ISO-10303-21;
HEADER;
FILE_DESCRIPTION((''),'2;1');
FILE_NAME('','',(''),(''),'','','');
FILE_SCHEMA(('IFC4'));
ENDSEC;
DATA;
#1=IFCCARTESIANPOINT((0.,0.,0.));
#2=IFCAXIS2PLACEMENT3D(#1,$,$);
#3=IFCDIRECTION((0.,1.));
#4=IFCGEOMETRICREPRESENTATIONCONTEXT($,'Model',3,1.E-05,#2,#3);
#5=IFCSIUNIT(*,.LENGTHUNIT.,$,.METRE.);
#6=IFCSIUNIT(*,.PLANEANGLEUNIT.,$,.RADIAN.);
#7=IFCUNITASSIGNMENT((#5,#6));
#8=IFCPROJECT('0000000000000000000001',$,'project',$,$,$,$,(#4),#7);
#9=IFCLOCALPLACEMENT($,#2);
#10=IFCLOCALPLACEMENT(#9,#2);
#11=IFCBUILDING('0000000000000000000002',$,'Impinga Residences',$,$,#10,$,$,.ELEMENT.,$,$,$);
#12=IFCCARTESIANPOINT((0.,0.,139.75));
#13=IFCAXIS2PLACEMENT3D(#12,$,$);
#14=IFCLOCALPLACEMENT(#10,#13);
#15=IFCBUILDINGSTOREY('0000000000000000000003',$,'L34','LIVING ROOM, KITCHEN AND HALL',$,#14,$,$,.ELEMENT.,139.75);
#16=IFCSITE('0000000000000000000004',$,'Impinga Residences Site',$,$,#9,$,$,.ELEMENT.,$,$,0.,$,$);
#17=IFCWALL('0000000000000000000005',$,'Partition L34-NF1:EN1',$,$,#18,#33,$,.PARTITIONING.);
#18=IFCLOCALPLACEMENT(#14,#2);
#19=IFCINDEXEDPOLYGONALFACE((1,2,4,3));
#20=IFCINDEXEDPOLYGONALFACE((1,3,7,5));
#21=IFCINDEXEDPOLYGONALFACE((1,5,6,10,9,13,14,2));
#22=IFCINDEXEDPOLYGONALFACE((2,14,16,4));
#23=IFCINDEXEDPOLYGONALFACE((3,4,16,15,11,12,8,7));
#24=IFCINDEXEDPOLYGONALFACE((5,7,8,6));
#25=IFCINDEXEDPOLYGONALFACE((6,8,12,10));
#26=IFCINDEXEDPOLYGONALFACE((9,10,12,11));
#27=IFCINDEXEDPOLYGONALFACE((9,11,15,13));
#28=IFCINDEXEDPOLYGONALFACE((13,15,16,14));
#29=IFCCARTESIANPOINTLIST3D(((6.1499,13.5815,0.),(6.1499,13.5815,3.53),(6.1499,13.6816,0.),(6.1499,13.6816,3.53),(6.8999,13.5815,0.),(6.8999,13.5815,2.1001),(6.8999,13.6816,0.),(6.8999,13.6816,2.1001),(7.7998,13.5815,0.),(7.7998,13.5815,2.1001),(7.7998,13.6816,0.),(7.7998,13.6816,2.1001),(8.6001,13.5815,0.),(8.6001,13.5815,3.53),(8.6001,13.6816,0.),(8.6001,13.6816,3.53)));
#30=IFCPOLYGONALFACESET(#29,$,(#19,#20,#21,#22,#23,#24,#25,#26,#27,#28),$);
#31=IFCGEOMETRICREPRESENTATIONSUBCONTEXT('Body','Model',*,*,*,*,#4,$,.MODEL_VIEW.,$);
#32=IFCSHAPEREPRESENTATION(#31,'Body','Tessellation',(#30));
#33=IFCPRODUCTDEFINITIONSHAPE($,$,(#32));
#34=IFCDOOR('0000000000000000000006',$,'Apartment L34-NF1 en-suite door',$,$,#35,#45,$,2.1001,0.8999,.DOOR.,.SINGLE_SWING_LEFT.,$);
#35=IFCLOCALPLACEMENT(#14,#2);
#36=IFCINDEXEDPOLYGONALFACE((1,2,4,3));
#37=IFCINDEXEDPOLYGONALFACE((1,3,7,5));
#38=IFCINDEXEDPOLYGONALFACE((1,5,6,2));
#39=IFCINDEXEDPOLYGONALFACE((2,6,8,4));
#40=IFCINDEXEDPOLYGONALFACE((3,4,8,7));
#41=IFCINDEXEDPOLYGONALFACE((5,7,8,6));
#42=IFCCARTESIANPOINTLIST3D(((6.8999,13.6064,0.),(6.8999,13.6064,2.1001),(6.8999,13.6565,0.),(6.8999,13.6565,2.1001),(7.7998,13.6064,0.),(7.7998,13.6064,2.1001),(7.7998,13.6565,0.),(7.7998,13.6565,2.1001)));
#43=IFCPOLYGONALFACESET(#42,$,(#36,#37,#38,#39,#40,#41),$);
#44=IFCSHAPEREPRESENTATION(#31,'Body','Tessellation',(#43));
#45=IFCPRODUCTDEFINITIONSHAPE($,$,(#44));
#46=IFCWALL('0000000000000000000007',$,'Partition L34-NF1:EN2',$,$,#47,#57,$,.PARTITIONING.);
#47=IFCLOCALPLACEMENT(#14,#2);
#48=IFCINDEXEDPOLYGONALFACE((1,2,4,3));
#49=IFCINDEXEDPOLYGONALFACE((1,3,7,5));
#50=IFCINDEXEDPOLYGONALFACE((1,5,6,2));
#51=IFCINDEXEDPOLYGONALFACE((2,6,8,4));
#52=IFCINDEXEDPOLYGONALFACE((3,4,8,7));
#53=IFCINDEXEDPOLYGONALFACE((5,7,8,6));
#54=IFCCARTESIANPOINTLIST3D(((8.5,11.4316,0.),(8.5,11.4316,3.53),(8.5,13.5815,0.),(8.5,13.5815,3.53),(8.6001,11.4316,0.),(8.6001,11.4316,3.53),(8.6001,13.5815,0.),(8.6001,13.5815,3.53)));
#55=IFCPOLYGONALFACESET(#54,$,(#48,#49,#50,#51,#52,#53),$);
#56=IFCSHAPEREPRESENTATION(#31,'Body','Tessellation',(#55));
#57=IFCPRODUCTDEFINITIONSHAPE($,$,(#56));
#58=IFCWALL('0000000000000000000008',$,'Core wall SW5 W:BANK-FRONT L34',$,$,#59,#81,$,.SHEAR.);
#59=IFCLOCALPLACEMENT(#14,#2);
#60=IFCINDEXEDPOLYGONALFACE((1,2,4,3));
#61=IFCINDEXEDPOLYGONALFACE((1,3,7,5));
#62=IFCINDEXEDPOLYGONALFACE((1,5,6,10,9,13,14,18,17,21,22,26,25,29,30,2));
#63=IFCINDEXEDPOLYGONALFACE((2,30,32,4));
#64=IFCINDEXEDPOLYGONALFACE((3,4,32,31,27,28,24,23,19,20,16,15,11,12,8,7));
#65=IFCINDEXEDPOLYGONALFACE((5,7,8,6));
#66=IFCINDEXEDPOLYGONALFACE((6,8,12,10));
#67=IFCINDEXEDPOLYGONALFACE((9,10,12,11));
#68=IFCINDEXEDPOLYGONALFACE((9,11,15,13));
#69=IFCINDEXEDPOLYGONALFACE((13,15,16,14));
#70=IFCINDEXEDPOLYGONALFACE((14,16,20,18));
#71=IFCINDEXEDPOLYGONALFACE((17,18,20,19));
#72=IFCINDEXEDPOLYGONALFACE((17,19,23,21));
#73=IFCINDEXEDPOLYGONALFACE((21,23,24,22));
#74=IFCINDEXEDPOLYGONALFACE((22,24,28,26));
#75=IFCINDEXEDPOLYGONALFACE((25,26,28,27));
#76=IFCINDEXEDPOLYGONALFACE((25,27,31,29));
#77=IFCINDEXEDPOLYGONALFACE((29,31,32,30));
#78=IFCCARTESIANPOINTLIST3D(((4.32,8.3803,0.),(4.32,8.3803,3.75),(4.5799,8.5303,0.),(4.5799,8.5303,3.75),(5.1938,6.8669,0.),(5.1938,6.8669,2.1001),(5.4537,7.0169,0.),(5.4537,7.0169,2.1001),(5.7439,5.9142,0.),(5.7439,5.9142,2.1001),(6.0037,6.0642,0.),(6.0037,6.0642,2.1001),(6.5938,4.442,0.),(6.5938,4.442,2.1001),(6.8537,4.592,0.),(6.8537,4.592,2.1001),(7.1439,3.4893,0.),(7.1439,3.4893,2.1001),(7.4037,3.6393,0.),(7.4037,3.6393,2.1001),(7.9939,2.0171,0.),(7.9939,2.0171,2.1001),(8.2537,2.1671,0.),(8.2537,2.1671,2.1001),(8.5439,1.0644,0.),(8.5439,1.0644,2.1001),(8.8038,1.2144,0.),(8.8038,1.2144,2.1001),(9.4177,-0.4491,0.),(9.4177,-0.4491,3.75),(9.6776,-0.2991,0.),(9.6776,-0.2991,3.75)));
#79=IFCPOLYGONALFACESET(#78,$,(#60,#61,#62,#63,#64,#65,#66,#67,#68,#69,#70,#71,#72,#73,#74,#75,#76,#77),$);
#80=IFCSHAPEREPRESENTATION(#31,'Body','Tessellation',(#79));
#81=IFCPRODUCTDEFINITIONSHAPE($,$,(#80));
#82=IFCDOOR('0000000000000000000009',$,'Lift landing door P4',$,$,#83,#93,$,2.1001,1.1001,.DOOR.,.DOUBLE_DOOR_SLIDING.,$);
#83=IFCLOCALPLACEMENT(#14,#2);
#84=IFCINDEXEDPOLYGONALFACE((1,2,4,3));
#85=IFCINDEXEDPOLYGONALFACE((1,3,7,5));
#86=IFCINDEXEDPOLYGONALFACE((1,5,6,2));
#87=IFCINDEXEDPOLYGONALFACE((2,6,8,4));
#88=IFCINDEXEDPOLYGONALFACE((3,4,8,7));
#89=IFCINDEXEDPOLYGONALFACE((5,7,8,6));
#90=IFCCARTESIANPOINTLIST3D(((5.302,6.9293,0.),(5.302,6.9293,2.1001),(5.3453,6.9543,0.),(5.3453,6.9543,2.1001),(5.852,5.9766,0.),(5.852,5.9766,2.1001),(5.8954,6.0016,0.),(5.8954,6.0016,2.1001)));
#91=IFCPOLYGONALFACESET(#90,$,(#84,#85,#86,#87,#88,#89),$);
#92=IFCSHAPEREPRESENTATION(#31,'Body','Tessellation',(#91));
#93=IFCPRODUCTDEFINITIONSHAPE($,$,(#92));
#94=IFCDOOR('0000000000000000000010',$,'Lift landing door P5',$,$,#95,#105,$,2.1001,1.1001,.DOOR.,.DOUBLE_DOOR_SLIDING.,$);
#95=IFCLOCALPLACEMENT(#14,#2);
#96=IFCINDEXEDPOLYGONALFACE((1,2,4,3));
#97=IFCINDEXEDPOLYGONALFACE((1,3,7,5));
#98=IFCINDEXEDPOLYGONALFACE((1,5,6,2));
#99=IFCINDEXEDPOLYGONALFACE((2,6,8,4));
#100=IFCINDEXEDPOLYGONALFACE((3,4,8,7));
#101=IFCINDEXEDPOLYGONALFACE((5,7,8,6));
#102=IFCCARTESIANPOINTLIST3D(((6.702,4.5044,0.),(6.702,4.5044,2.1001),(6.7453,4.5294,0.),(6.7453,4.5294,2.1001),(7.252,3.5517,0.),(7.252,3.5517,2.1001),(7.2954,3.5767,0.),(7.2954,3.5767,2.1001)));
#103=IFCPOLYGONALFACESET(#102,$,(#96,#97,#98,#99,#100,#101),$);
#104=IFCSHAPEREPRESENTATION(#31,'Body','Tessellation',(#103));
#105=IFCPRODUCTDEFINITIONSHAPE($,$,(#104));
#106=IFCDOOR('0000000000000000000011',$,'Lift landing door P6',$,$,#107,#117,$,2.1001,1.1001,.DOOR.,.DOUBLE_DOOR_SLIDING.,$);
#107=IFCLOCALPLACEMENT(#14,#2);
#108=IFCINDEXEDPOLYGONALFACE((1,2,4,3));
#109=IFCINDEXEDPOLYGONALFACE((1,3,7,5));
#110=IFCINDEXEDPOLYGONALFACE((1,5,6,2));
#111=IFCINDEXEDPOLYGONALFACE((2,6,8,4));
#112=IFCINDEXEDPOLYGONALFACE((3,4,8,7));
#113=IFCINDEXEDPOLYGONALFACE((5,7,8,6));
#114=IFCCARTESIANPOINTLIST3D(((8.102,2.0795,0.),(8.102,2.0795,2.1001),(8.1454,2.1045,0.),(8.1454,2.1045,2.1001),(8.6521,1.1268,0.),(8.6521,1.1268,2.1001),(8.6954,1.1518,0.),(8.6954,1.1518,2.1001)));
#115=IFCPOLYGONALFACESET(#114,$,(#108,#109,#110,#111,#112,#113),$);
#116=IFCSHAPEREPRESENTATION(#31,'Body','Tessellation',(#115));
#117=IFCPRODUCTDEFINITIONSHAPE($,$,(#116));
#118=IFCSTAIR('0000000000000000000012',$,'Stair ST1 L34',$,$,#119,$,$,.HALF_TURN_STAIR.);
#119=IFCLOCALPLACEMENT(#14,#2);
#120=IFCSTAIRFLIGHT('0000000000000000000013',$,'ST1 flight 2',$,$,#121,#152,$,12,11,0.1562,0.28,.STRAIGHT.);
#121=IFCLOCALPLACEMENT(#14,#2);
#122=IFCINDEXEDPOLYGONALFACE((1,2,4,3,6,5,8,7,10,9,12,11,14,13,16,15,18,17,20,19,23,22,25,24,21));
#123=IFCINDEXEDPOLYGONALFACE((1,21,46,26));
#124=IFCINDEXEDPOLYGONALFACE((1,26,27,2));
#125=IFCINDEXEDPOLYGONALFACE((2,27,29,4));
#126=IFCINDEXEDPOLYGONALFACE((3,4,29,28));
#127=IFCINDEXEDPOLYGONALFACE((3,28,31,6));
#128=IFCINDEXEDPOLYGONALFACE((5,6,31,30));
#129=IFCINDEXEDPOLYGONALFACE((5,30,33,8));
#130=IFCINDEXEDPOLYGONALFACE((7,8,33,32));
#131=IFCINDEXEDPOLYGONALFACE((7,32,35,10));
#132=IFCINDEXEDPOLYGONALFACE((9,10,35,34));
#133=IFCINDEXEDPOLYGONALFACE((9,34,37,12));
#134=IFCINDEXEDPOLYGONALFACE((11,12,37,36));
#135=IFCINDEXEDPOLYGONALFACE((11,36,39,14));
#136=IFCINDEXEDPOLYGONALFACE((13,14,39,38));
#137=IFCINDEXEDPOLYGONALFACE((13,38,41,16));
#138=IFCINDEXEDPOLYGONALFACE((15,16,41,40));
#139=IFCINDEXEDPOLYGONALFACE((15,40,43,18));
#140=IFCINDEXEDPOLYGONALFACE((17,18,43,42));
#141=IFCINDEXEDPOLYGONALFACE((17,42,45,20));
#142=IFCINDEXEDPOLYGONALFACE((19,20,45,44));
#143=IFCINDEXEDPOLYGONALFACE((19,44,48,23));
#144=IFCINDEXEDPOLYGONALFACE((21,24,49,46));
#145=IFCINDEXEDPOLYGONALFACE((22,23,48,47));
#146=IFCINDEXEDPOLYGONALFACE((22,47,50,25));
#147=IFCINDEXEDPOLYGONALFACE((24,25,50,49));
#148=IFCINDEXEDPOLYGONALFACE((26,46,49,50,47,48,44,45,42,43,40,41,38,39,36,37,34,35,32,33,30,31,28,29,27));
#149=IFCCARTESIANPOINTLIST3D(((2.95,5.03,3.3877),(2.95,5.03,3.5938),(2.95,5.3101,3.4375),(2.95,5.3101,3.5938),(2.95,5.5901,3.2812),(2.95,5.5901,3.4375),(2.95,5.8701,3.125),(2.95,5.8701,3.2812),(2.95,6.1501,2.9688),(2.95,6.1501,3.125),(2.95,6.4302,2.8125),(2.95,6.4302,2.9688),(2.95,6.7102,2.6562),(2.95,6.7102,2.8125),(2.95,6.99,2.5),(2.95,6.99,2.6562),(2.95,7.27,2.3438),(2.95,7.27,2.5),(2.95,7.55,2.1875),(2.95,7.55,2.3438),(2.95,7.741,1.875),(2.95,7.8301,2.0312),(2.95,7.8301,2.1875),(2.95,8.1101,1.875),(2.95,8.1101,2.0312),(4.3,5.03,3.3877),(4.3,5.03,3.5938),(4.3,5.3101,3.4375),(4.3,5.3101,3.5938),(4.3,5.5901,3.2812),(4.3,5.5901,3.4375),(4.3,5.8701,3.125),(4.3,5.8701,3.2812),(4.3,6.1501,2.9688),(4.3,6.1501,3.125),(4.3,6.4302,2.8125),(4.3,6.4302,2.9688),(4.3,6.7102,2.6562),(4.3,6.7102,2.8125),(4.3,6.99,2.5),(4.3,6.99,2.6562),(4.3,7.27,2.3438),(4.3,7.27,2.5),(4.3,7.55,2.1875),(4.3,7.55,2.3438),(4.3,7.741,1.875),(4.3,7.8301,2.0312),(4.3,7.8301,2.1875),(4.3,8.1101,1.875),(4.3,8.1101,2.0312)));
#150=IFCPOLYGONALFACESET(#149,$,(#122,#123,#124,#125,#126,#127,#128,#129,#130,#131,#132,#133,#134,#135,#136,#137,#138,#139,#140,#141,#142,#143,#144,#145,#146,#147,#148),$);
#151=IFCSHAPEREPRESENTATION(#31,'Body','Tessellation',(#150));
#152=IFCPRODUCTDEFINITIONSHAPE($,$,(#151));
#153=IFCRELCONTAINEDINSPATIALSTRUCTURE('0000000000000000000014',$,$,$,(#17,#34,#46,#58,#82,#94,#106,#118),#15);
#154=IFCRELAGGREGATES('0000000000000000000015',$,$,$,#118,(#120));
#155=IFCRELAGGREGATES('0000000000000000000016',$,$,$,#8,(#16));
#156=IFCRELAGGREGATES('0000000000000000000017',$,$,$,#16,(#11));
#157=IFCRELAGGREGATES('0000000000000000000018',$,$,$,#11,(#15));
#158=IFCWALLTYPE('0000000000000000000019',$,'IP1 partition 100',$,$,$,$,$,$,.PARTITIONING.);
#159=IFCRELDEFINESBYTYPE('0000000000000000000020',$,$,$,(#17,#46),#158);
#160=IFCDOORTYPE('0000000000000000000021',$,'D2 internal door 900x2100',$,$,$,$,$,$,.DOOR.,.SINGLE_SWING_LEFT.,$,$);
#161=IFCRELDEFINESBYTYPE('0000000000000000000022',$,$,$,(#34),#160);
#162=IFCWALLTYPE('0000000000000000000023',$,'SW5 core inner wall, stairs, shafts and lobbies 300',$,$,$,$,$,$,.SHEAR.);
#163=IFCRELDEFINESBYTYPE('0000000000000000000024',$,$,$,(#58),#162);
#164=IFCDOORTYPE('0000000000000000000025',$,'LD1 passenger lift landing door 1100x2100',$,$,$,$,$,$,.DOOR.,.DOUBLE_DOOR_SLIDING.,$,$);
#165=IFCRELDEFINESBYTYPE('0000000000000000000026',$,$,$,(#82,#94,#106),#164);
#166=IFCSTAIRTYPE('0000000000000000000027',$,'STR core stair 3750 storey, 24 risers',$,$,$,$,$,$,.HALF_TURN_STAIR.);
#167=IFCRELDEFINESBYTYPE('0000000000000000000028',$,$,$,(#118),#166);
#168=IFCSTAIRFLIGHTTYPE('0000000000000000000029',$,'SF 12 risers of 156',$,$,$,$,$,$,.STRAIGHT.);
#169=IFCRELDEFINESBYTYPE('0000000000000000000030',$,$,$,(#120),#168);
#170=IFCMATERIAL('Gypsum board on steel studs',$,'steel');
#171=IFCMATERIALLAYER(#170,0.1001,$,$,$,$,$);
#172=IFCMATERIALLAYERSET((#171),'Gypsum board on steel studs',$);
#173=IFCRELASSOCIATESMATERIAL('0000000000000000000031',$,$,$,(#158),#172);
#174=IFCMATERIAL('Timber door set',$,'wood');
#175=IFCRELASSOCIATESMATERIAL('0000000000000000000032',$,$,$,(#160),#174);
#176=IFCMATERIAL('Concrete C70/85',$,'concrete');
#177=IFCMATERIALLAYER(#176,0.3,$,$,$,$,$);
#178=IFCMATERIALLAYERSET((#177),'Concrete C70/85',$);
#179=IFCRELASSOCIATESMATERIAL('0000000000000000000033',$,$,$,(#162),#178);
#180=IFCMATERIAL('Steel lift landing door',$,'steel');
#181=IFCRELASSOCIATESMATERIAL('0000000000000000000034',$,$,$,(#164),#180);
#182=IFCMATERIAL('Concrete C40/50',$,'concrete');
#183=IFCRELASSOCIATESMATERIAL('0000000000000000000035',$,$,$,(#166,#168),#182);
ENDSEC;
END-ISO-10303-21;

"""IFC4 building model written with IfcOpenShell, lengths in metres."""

from ifc_helpers import new_model, si_unit, direction, frame, frame_2d, origin, place, context, subcontext, project, spatial, polyline, rectangle, outline, extrude, material, layer, layer_set, type_object, element, fill, aggregate, save


model = new_model("IFC4")

# Units and contexts
model_context = context("Model", 3, precision=1e-05, world=origin(), true_north=direction((0.0, 1.0)))
body_context = subcontext(model_context, "Body", "Model", "MODEL_VIEW")
ifc_project = project(units=[si_unit("LENGTHUNIT", "METRE"), si_unit("PLANEANGLEUNIT", "RADIAN")], contexts=[model_context])

# Site, building, storey
site_placement = place(None, origin())
site = spatial("IfcSite", under=ifc_project, at=site_placement, Name="Impinga Residences Site", CompositionType="ELEMENT", RefElevation=0.0)
building_placement = place(site_placement, origin())
building = spatial("IfcBuilding", under=site, at=building_placement, Name="Impinga Residences", CompositionType="ELEMENT")
storey_placement = place(building_placement, frame((0.0, 0.0, 139.75)))
storey = spatial("IfcBuildingStorey", under=building, at=storey_placement, Name="L34", Description="LIVING ROOM, KITCHEN AND HALL", CompositionType="ELEMENT", Elevation=139.75)

# Shared definitions
ifc_material_1 = material(Name="Gypsum board on steel studs", Category="steel")
ifc_layer_1 = layer(ifc_material_1, 0.1001)
ifc_layer_set_1 = layer_set([ifc_layer_1], Name="Gypsum board on steel studs")
wall_type_1 = type_object("IfcWallType", Name="IP1 partition 100", PredefinedType="PARTITIONING", material=ifc_layer_set_1)

# Shared definitions
ifc_material_2 = material(Name="Timber door set", Category="wood")
door_type_1 = type_object("IfcDoorType", Name="D2 internal door 900x2100", OperationType="SINGLE_SWING_LEFT", PredefinedType="DOOR", material=ifc_material_2)

# Wall, opening, door
wall_1_placement = place(storey_placement, frame((6.1499, 13.6316, 0.0), z_axis=(0.0, 0.0, 1.0), x_axis=(1.0, 0.0, 0.0)))
wall_1 = element("IfcWall", 1, at=wall_1_placement, inside=storey, type_object=wall_type_1, Name="Partition L34-NF1:EN1", PredefinedType="PARTITIONING", context=body_context, shape_type="SweptSolid", body=[
    extrude(rectangle(XDim=2.4502, YDim=0.1001, at=frame_2d((1.2251, 0.0))), origin(), (0.0, 0.0, 1.0), 3.53),
])
opening_1_placement = place(wall_1_placement, frame((0.75, 0.0, 0.0)))
opening_1 = element("IfcOpeningElement", 2, at=opening_1_placement, cuts=wall_1, PredefinedType="OPENING", context=body_context, shape_type="SweptSolid", body=[
    extrude(rectangle(XDim=0.8999, YDim=2.1001, at=frame_2d((0.45, 1.05))), frame((0.0, 0.0601, 0.0), z_axis=(0.0, -1.0, 0.0), x_axis=(1.0, 0.0, 0.0)), (0.0, 0.0, 1.0), 0.1201),
])
door_1_placement = place(opening_1_placement, origin())
door_1 = element("IfcDoor", 3, at=door_1_placement, inside=storey, type_object=door_type_1, Name="Apartment L34-NF1 en-suite door", OperationType="SINGLE_SWING_LEFT", OverallHeight=2.1001, OverallWidth=0.8999, PredefinedType="DOOR", context=body_context, shape_type="SweptSolid", body=[
    extrude(rectangle(XDim=0.8999, YDim=2.1001, at=frame_2d((0.45, 1.05))), frame((0.0, 0.0249, 0.0), z_axis=(0.0, -1.0, 0.0), x_axis=(1.0, 0.0, 0.0)), (0.0, 0.0, 1.0), 0.05),
])
fill(opening_1, door_1)

# Wall
wall_2_placement = place(storey_placement, frame((8.55, 11.4316, 0.0), z_axis=(0.0, 0.0, 1.0), x_axis=(0.0, 1.0, 0.0)))
element("IfcWall", 4, at=wall_2_placement, inside=storey, type_object=wall_type_1, Name="Partition L34-NF1:EN2", PredefinedType="PARTITIONING", context=body_context, shape_type="SweptSolid", body=[
    extrude(rectangle(XDim=2.1499, YDim=0.1001, at=frame_2d((1.075, 0.0))), origin(), (0.0, 0.0, 1.0), 3.53),
])

# Wall, openings, doors
ifc_material_3 = material(Name="Concrete C70/85", Category="concrete")
ifc_layer_2 = layer(ifc_material_3, 0.3)
ifc_layer_set_2 = layer_set([ifc_layer_2], Name="Concrete C70/85")
wall_type_2 = type_object("IfcWallType", Name="SW5 core inner wall, stairs, shafts and lobbies 300", PredefinedType="SHEAR", material=ifc_layer_set_2)
wall_3_placement = place(storey_placement, frame((4.45, 8.4553, 0.0), z_axis=(0.0, 0.0, 1.0), x_axis=(0.500002, -0.866024, 0.0)))
wall_3 = element("IfcWall", 5, at=wall_3_placement, inside=storey, type_object=wall_type_2, Name="Core wall SW5 W:BANK-FRONT L34", PredefinedType="SHEAR", context=body_context, shape_type="SweptSolid", body=[
    extrude(rectangle(XDim=10.1953, YDim=0.3, at=frame_2d((5.0977, 0.0))), origin(), (0.0, 0.0, 1.0), 3.75),
])
opening_2_placement = place(wall_3_placement, frame((1.7476, 0.0, 0.0)))
opening_2 = element("IfcOpeningElement", 6, at=opening_2_placement, cuts=wall_3, PredefinedType="OPENING", context=body_context, shape_type="SweptSolid", body=[
    extrude(rectangle(XDim=1.1001, YDim=2.1001, at=frame_2d((0.55, 1.05))), frame((0.0, 0.1599, 0.0), z_axis=(0.0, -1.0, 0.0), x_axis=(1.0, 0.0, 0.0)), (0.0, 0.0, 1.0), 0.3201),
])
opening_3_placement = place(wall_3_placement, frame((4.5476, 0.0, 0.0)))
opening_3 = element("IfcOpeningElement", 7, at=opening_3_placement, cuts=wall_3, PredefinedType="OPENING", context=body_context, shape_type="SweptSolid", body=[
    extrude(rectangle(XDim=1.1001, YDim=2.1001, at=frame_2d((0.55, 1.05))), frame((0.0, 0.1599, 0.0), z_axis=(0.0, -1.0, 0.0), x_axis=(1.0, 0.0, 0.0)), (0.0, 0.0, 1.0), 0.3201),
])
opening_4_placement = place(wall_3_placement, frame((7.3477, 0.0, 0.0)))
opening_4 = element("IfcOpeningElement", 8, at=opening_4_placement, cuts=wall_3, PredefinedType="OPENING", context=body_context, shape_type="SweptSolid", body=[
    extrude(rectangle(XDim=1.1001, YDim=2.1001, at=frame_2d((0.55, 1.05))), frame((0.0, 0.1599, 0.0), z_axis=(0.0, -1.0, 0.0), x_axis=(1.0, 0.0, 0.0)), (0.0, 0.0, 1.0), 0.3201),
])
ifc_material_4 = material(Name="Steel lift landing door", Category="steel")
door_type_2 = type_object("IfcDoorType", Name="LD1 passenger lift landing door 1100x2100", OperationType="DOUBLE_DOOR_SLIDING", PredefinedType="DOOR", material=ifc_material_4)
door_2_placement = place(opening_2_placement, origin())
door_2 = element("IfcDoor", 9, at=door_2_placement, inside=storey, type_object=door_type_2, Name="Lift landing door P4", OperationType="DOUBLE_DOOR_SLIDING", OverallHeight=2.1001, OverallWidth=1.1001, PredefinedType="DOOR", context=body_context, shape_type="SweptSolid", body=[
    extrude(rectangle(XDim=1.1001, YDim=2.1001, at=frame_2d((0.55, 1.05))), frame((0.0, 0.0249, 0.0), z_axis=(0.0, -1.0, 0.0), x_axis=(1.0, 0.0, 0.0)), (0.0, 0.0, 1.0), 0.05),
])
fill(opening_2, door_2)
door_3_placement = place(opening_3_placement, origin())
door_3 = element("IfcDoor", 10, at=door_3_placement, inside=storey, type_object=door_type_2, Name="Lift landing door P5", OperationType="DOUBLE_DOOR_SLIDING", OverallHeight=2.1001, OverallWidth=1.1001, PredefinedType="DOOR", context=body_context, shape_type="SweptSolid", body=[
    extrude(rectangle(XDim=1.1001, YDim=2.1001, at=frame_2d((0.55, 1.05))), frame((0.0, 0.0249, 0.0), z_axis=(0.0, -1.0, 0.0), x_axis=(1.0, 0.0, 0.0)), (0.0, 0.0, 1.0), 0.05),
])
fill(opening_3, door_3)
door_4_placement = place(opening_4_placement, origin())
door_4 = element("IfcDoor", 11, at=door_4_placement, inside=storey, type_object=door_type_2, Name="Lift landing door P6", OperationType="DOUBLE_DOOR_SLIDING", OverallHeight=2.1001, OverallWidth=1.1001, PredefinedType="DOOR", context=body_context, shape_type="SweptSolid", body=[
    extrude(rectangle(XDim=1.1001, YDim=2.1001, at=frame_2d((0.55, 1.05))), frame((0.0, 0.0249, 0.0), z_axis=(0.0, -1.0, 0.0), x_axis=(1.0, 0.0, 0.0)), (0.0, 0.0, 1.0), 0.05),
])
fill(opening_4, door_4)

# Stair, stair flight
ifc_material_5 = material(Name="Concrete C40/50", Category="concrete")
stair_type = type_object("IfcStairType", Name="STR core stair 3750 storey, 24 risers", PredefinedType="HALF_TURN_STAIR", material=ifc_material_5)
stair_placement = place(storey_placement, origin())
stair = element("IfcStair", 12, at=stair_placement, inside=storey, type_object=stair_type, Name="Stair ST1 L34", PredefinedType="HALF_TURN_STAIR")
stair_flight_type = type_object("IfcStairFlightType", Name="SF 12 risers of 156", PredefinedType="STRAIGHT", material=ifc_material_5)
stair_flight_placement = place(storey_placement, frame((3.625, 8.1101, 1.875), z_axis=(0.0, 0.0, 1.0), x_axis=(0.0, -1.0, 0.0)))
stair_flight = element("IfcStairFlight", 13, at=stair_flight_placement, type_object=stair_flight_type, Name="ST1 flight 2", NumberOfRisers=12, NumberOfTreads=11, PredefinedType="STRAIGHT", RiserHeight=0.1562, TreadLength=0.28, context=body_context, shape_type="SweptSolid", body=[
    extrude(outline(polyline([(0.0, 0.0), (0.0, 0.1562), (0.28, 0.1562), (0.28, 0.3125), (0.5601, 0.3125), (0.5601, 0.4688), (0.8401, 0.4688), (0.8401, 0.625), (1.1201, 0.625), (1.1201, 0.7812), (1.3999, 0.7812), (1.3999, 0.9375), (1.6799, 0.9375), (1.6799, 1.0938), (1.96, 1.0938), (1.96, 1.25), (2.24, 1.25), (2.24, 1.4062), (2.52, 1.4062), (2.52, 1.5625), (2.8, 1.5625), (2.8, 1.7188), (3.0801, 1.7188), (3.0801, 1.875), (3.0801, 1.5127), (0.3691, 0.0), (0.0, 0.0)])), frame((0.0, 0.675, 0.0), z_axis=(0.0, -1.0, 0.0), x_axis=(1.0, 0.0, 0.0)), (0.0, 0.0, 1.0), 1.3501),
])
aggregate(stair, [stair_flight])

save(model, "model.ifc")
